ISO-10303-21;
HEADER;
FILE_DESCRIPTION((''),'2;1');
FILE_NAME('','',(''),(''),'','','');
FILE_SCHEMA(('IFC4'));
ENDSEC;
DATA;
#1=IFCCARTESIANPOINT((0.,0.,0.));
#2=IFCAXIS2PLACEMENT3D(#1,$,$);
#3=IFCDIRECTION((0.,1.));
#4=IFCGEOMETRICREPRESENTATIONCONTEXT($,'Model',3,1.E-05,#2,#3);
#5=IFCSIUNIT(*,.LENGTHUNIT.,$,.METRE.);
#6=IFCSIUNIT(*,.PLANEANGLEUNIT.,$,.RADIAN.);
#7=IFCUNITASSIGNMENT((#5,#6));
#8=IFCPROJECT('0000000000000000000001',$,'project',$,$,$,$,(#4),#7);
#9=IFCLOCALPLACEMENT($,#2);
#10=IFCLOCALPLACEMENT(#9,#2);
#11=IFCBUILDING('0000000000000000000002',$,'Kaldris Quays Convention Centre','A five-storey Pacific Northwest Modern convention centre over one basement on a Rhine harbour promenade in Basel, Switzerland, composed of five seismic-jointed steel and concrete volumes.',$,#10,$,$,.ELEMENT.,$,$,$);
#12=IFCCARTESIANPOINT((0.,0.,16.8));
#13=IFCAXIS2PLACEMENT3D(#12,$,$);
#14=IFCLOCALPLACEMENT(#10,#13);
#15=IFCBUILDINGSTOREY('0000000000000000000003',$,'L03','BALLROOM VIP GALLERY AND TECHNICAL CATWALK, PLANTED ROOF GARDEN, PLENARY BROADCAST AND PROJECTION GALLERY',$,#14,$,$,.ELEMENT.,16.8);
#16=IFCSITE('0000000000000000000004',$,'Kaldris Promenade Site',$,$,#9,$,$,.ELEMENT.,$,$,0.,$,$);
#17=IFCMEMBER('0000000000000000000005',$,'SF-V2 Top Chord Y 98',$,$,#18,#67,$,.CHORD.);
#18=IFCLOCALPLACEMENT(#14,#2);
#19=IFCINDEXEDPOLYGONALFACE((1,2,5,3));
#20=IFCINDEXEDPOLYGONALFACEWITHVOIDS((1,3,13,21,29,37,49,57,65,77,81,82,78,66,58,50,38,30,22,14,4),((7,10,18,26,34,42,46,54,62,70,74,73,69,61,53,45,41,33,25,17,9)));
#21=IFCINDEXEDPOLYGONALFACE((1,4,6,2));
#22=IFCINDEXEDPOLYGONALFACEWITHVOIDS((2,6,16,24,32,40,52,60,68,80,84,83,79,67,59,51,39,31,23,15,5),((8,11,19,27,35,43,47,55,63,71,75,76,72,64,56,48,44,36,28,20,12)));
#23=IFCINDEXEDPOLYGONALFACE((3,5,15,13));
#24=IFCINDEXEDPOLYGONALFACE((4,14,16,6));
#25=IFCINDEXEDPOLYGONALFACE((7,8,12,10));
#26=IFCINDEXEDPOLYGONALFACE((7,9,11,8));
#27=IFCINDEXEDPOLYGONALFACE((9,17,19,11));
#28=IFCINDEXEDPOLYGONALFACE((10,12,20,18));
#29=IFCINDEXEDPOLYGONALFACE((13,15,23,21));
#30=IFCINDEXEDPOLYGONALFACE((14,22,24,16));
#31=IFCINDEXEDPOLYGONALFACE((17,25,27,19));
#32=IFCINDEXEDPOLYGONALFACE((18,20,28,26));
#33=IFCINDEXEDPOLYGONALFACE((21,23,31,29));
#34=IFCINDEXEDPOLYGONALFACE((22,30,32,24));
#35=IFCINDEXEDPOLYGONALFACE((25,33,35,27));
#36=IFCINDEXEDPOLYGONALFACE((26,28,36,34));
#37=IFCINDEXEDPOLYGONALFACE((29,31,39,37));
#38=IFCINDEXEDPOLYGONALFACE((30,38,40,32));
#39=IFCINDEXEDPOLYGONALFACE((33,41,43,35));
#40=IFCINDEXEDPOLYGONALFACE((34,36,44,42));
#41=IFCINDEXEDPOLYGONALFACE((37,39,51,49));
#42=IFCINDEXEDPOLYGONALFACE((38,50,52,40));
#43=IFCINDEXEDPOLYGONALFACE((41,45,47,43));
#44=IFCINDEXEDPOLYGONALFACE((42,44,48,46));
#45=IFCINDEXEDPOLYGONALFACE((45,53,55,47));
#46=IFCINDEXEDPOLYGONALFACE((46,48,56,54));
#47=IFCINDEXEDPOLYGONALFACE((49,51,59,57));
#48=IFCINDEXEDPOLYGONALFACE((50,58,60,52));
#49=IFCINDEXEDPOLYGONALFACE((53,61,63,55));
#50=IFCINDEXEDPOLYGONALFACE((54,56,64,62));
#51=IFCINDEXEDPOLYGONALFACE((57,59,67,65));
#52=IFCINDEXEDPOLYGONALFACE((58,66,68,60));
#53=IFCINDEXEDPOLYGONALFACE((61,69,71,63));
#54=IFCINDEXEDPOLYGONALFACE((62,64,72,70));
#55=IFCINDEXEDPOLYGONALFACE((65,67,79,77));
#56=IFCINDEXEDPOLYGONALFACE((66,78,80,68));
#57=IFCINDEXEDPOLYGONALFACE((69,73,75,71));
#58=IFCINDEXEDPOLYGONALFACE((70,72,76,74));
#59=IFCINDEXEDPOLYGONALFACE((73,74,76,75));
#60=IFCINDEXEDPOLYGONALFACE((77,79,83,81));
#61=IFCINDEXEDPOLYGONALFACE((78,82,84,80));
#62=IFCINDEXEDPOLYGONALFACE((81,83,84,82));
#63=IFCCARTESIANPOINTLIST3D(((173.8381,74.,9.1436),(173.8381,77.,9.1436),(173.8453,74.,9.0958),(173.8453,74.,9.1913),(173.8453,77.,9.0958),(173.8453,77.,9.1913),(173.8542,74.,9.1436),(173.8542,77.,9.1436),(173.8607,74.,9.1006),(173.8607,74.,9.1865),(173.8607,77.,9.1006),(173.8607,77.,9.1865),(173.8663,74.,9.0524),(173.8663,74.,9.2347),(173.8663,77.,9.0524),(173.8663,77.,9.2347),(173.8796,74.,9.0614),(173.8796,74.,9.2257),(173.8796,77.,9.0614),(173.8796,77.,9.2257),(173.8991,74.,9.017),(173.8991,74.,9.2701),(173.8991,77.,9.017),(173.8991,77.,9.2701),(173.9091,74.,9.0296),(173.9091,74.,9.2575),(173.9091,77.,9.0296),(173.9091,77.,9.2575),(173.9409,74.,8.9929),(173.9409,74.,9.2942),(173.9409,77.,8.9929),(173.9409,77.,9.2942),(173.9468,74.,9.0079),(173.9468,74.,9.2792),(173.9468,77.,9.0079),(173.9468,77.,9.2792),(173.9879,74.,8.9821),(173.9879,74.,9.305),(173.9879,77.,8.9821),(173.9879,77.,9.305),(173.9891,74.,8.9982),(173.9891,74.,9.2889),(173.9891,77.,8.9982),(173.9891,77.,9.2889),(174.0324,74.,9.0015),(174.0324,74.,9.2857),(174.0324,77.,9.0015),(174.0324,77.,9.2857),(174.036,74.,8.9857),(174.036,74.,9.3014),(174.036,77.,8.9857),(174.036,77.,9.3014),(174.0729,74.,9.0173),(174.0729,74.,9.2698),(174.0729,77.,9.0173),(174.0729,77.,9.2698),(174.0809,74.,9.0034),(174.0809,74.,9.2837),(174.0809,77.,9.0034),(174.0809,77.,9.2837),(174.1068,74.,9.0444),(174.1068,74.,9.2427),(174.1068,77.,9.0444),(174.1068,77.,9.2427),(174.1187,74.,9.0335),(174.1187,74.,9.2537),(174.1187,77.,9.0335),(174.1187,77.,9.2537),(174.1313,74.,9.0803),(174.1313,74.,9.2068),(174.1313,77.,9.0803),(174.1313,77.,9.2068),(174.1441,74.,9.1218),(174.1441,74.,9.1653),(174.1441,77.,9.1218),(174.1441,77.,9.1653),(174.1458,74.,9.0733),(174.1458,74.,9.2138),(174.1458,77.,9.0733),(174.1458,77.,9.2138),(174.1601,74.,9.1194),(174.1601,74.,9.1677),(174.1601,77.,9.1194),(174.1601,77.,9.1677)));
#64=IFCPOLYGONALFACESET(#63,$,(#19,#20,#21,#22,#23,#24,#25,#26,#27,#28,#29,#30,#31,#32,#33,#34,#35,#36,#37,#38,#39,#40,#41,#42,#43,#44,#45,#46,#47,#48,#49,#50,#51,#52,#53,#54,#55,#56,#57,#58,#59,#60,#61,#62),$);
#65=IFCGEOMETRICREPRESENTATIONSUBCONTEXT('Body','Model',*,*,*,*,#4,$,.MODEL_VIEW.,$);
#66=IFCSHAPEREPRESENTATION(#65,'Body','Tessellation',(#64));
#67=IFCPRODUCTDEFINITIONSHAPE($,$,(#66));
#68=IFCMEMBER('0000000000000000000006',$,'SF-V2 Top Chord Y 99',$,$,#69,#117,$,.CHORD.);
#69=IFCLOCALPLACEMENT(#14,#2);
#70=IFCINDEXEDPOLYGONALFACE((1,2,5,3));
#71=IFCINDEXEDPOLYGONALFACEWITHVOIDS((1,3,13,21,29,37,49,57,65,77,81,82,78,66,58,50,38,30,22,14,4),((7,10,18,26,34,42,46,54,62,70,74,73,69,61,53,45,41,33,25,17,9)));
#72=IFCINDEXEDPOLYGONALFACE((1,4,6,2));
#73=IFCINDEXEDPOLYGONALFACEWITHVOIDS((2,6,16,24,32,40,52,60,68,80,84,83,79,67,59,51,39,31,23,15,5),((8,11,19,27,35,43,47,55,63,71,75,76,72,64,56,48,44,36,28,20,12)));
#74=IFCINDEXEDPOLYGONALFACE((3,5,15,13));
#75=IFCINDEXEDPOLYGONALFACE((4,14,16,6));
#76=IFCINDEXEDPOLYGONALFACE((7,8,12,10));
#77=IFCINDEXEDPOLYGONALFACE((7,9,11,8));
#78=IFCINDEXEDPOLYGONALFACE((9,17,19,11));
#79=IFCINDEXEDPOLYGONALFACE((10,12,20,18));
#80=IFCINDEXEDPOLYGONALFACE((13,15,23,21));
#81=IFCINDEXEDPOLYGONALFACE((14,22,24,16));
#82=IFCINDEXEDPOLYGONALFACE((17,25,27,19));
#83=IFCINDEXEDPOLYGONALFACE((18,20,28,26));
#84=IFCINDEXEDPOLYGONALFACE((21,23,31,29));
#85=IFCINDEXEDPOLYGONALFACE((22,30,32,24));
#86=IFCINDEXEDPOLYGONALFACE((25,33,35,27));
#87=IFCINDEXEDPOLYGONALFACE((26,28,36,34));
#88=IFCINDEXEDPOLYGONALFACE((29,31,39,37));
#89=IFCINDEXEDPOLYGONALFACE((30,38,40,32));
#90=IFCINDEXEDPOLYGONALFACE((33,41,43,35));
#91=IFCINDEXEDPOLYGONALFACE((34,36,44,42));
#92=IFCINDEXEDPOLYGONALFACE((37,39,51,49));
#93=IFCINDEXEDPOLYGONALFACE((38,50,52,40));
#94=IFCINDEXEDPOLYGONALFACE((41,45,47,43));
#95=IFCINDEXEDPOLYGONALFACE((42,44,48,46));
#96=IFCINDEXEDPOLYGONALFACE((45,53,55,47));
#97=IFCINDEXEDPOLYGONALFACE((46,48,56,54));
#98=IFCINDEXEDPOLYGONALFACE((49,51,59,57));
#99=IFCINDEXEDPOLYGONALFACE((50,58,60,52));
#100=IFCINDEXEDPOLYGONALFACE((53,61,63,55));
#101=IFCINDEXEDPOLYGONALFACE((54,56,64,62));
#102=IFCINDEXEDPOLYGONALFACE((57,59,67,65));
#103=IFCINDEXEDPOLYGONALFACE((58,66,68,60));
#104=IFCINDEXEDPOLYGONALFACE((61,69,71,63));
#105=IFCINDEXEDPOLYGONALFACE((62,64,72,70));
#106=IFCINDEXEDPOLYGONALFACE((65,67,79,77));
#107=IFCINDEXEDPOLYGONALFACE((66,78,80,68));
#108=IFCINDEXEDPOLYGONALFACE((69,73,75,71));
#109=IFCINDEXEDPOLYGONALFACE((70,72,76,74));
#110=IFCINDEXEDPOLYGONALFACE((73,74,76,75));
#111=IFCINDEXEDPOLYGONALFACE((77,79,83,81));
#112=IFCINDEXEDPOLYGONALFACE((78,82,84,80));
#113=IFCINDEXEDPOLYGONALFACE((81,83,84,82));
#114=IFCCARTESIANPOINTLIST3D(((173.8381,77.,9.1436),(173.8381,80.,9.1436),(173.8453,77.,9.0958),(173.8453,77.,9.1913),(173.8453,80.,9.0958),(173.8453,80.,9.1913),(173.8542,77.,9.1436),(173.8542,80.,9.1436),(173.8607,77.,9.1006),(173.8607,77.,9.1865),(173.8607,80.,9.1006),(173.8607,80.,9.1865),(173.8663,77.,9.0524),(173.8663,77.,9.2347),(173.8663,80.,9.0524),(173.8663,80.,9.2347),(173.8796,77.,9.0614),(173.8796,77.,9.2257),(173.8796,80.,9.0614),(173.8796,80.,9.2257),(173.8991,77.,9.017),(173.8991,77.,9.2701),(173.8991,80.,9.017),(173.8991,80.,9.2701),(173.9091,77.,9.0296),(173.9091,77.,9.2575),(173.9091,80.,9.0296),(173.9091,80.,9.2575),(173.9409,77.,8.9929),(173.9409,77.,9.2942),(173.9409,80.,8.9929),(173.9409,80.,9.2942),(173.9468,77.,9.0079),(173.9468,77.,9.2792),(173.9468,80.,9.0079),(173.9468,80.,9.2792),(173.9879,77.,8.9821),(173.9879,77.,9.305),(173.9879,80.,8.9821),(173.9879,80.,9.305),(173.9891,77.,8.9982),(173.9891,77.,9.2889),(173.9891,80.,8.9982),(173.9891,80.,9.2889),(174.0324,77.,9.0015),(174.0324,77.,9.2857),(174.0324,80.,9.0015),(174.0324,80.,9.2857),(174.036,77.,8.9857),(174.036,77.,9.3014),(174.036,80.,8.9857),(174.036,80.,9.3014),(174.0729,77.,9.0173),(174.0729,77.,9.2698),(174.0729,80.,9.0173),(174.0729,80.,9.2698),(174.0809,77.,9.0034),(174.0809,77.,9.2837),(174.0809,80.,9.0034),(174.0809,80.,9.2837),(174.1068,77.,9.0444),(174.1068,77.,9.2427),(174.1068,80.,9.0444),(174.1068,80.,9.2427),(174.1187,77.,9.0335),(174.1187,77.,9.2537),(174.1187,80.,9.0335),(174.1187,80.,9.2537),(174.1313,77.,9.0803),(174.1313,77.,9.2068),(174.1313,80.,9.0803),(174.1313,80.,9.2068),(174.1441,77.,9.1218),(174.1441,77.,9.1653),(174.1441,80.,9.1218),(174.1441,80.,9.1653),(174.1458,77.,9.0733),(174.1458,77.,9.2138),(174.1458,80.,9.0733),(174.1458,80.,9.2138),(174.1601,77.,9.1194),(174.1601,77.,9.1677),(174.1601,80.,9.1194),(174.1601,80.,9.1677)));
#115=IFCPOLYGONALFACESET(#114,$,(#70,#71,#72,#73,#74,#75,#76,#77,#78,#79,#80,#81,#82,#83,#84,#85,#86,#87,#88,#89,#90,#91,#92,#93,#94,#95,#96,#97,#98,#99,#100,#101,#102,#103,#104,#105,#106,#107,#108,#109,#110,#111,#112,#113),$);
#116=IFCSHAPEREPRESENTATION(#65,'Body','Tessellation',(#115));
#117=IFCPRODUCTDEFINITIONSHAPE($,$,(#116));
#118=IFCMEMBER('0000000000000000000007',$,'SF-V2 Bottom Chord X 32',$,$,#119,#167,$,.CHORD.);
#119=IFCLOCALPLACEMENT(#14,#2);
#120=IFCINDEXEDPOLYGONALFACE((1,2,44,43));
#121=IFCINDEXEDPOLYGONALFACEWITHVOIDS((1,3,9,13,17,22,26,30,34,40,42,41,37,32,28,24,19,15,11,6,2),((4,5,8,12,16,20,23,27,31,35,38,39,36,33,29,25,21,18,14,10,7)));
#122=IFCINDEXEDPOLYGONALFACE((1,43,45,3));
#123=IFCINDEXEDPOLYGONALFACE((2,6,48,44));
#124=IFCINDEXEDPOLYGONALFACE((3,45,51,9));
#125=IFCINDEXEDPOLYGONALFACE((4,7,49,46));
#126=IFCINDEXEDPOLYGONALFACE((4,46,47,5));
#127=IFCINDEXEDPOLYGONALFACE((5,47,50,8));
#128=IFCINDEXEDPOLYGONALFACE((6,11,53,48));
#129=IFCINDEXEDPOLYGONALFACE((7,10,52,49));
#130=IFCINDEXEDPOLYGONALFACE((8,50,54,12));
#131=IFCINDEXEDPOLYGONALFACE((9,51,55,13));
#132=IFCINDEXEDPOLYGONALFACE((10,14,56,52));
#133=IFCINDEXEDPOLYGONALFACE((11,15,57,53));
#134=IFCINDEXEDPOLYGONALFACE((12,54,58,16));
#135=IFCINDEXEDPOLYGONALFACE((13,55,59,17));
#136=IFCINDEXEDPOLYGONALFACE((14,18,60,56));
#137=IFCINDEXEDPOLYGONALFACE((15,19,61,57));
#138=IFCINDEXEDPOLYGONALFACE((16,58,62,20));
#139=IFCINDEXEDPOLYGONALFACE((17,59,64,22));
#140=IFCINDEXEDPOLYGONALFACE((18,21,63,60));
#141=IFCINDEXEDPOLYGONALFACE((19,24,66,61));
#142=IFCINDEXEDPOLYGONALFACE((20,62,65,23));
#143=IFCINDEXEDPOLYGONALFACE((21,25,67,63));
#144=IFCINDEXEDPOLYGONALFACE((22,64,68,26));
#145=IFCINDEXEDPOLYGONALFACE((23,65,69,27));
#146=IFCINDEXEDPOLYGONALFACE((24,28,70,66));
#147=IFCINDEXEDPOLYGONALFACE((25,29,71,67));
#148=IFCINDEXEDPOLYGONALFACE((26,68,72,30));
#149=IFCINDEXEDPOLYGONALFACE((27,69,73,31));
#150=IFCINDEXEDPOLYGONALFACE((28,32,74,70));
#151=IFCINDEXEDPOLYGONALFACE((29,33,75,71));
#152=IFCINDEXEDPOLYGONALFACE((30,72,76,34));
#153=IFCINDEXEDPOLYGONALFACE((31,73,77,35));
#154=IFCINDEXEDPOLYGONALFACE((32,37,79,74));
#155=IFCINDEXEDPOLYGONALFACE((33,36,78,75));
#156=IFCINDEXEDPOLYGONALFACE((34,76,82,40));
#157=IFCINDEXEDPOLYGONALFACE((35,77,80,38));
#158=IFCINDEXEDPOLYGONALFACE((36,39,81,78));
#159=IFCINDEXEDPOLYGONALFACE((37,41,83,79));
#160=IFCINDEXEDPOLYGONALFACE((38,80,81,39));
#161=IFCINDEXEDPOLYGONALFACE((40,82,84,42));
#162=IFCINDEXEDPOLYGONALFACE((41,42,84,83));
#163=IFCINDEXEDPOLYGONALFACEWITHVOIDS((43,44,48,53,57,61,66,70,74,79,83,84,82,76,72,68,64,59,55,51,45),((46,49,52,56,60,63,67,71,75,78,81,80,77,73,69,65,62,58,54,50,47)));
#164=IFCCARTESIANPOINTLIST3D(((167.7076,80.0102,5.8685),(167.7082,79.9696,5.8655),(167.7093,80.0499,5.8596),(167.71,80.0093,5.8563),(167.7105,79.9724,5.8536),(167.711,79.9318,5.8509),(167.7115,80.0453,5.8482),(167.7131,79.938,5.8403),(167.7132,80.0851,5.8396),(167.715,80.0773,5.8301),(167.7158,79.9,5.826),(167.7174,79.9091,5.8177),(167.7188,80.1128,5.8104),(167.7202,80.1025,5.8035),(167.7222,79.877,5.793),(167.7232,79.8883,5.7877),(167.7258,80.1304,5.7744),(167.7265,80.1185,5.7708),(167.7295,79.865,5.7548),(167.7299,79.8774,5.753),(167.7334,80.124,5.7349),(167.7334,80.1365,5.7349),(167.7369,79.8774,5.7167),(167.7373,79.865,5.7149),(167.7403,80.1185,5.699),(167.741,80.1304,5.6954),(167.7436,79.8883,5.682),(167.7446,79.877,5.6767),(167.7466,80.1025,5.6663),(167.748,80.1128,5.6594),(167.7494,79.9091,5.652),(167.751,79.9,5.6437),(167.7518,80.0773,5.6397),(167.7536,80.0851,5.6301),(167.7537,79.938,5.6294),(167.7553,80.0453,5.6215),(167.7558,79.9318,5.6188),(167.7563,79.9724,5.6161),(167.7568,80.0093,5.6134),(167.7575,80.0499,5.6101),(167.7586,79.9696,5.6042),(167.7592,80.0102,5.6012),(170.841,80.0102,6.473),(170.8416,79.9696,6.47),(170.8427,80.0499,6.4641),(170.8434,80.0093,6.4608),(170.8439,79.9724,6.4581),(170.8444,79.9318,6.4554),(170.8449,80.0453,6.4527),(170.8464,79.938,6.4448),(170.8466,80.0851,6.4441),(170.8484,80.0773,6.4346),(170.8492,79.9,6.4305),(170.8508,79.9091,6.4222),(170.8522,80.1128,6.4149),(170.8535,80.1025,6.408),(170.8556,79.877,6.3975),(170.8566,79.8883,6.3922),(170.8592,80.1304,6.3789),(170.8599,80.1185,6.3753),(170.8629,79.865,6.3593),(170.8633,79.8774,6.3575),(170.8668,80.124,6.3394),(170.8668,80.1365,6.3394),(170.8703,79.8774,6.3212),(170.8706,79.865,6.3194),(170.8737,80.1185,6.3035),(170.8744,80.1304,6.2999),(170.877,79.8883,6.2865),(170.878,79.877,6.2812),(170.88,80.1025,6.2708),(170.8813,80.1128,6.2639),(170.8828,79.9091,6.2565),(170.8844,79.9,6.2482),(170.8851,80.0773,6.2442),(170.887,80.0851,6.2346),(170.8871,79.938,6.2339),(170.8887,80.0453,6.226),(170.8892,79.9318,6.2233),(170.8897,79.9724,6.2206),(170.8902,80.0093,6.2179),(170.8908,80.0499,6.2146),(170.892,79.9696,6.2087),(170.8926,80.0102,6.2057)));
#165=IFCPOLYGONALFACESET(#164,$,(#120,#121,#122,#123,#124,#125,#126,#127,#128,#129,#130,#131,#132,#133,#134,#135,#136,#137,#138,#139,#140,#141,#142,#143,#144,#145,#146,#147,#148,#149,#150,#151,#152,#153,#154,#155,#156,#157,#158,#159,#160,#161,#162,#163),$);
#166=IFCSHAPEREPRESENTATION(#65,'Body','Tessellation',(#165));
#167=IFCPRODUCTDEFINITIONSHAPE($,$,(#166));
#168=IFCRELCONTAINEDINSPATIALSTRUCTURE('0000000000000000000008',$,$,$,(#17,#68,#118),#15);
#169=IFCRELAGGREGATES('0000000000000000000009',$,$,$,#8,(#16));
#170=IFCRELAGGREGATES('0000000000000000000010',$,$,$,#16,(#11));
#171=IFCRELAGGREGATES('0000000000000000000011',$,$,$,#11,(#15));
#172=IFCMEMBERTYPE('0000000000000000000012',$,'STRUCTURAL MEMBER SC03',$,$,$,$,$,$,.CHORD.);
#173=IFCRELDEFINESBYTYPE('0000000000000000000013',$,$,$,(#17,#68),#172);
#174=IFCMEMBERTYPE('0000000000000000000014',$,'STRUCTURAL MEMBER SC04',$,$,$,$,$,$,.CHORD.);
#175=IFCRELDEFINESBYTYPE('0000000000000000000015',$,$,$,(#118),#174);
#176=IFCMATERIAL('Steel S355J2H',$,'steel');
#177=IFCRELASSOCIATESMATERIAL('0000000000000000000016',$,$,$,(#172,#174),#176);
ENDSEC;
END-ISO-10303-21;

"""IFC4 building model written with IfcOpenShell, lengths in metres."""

from ifc_helpers import new_model, si_unit, direction, frame, origin, origin_2d, place, context, subcontext, project, spatial, hollow_circle, extrude, material, material_profile, profile_set, type_object, element, save


model = new_model("IFC4")

# Units and contexts
model_context = context("Model", 3, precision=1e-05, world=origin(), true_north=direction((0.0, 1.0)))
body_context = subcontext(model_context, "Body", "Model", "MODEL_VIEW")
ifc_project = project(units=[si_unit("LENGTHUNIT", "METRE"), si_unit("PLANEANGLEUNIT", "RADIAN")], contexts=[model_context])

# Site, building, storey
site_placement = place(None, origin())
site = spatial("IfcSite", under=ifc_project, at=site_placement, Name="Kaldris Promenade Site", CompositionType="ELEMENT", RefElevation=0.0)
building_placement = place(site_placement, origin())
building = spatial("IfcBuilding", under=site, at=building_placement, Name="Kaldris Quays Convention Centre", Description="A five-storey Pacific Northwest Modern convention centre over one basement on a Rhine harbour promenade in Basel, Switzerland, composed of five seismic-jointed steel and concrete volumes.", CompositionType="ELEMENT")
storey_placement = place(building_placement, frame((0.0, 0.0, 16.8)))
storey = spatial("IfcBuildingStorey", under=building, at=storey_placement, Name="L03", Description="BALLROOM VIP GALLERY AND TECHNICAL CATWALK, PLANTED ROOF GARDEN, PLENARY BROADCAST AND PROJECTION GALLERY", CompositionType="ELEMENT", Elevation=16.8)

# Members
ifc_material_1 = material(Name="Steel S355J2H", Category="steel")
ifc_material_profile_1 = material_profile(ifc_material_1, hollow_circle(Radius=0.1619, WallThickness=0.0161, at=origin_2d()), Name="CHS 323.9x16")
ifc_profile_set_1 = profile_set([ifc_material_profile_1], Name="Steel S355J2H")
member_type_1 = type_object("IfcMemberType", Name="STRUCTURAL MEMBER SC03", PredefinedType="CHORD", material=ifc_profile_set_1)
for number, where, z_axis, x_axis, name in (
    (1, (174.0, 74.0, 9.1436), (0.0, 1.0, 0.0), (-1.0, 0.0, 0.0), "SF-V2 Top Chord Y 98"),
    (2, (174.0, 77.0, 9.1436), (0.0, 1.0, 0.0), (-1.0, 0.0, 0.0), "SF-V2 Top Chord Y 99"),
):
    element("IfcMember", number, at=place(storey_placement, frame(where, z_axis=z_axis, x_axis=x_axis)), inside=storey, type_object=member_type_1, Name=name, PredefinedType="CHORD", context=body_context, shape_type="SweptSolid", body=[
        extrude(hollow_circle(Radius=0.1619, WallThickness=0.0161, at=origin_2d()), origin(), (0.0, 0.0, 1.0), 3.0),
    ])
ifc_material_profile_2 = material_profile(ifc_material_1, hollow_circle(Radius=0.1365, WallThickness=0.0125, at=origin_2d()), Name="CHS 273x12.5")
ifc_profile_set_2 = profile_set([ifc_material_profile_2], Name="Steel S355J2H")
member_type_2 = type_object("IfcMemberType", Name="STRUCTURAL MEMBER SC04", PredefinedType="CHORD", material=ifc_profile_set_2)
member_1_placement = place(storey_placement, frame((167.7334, 80.0, 5.7349), z_axis=(0.981894, 0.0, 0.189432), x_axis=(0.0, 1.0, 0.0)))
element("IfcMember", 3, at=member_1_placement, inside=storey, type_object=member_type_2, Name="SF-V2 Bottom Chord X 32", PredefinedType="CHORD", context=body_context, shape_type="SweptSolid", body=[
    extrude(hollow_circle(Radius=0.1365, WallThickness=0.0125, at=origin_2d()), origin(), (0.0, 0.0, 1.0), 3.1912),
])

save(model, "model.ifc")
